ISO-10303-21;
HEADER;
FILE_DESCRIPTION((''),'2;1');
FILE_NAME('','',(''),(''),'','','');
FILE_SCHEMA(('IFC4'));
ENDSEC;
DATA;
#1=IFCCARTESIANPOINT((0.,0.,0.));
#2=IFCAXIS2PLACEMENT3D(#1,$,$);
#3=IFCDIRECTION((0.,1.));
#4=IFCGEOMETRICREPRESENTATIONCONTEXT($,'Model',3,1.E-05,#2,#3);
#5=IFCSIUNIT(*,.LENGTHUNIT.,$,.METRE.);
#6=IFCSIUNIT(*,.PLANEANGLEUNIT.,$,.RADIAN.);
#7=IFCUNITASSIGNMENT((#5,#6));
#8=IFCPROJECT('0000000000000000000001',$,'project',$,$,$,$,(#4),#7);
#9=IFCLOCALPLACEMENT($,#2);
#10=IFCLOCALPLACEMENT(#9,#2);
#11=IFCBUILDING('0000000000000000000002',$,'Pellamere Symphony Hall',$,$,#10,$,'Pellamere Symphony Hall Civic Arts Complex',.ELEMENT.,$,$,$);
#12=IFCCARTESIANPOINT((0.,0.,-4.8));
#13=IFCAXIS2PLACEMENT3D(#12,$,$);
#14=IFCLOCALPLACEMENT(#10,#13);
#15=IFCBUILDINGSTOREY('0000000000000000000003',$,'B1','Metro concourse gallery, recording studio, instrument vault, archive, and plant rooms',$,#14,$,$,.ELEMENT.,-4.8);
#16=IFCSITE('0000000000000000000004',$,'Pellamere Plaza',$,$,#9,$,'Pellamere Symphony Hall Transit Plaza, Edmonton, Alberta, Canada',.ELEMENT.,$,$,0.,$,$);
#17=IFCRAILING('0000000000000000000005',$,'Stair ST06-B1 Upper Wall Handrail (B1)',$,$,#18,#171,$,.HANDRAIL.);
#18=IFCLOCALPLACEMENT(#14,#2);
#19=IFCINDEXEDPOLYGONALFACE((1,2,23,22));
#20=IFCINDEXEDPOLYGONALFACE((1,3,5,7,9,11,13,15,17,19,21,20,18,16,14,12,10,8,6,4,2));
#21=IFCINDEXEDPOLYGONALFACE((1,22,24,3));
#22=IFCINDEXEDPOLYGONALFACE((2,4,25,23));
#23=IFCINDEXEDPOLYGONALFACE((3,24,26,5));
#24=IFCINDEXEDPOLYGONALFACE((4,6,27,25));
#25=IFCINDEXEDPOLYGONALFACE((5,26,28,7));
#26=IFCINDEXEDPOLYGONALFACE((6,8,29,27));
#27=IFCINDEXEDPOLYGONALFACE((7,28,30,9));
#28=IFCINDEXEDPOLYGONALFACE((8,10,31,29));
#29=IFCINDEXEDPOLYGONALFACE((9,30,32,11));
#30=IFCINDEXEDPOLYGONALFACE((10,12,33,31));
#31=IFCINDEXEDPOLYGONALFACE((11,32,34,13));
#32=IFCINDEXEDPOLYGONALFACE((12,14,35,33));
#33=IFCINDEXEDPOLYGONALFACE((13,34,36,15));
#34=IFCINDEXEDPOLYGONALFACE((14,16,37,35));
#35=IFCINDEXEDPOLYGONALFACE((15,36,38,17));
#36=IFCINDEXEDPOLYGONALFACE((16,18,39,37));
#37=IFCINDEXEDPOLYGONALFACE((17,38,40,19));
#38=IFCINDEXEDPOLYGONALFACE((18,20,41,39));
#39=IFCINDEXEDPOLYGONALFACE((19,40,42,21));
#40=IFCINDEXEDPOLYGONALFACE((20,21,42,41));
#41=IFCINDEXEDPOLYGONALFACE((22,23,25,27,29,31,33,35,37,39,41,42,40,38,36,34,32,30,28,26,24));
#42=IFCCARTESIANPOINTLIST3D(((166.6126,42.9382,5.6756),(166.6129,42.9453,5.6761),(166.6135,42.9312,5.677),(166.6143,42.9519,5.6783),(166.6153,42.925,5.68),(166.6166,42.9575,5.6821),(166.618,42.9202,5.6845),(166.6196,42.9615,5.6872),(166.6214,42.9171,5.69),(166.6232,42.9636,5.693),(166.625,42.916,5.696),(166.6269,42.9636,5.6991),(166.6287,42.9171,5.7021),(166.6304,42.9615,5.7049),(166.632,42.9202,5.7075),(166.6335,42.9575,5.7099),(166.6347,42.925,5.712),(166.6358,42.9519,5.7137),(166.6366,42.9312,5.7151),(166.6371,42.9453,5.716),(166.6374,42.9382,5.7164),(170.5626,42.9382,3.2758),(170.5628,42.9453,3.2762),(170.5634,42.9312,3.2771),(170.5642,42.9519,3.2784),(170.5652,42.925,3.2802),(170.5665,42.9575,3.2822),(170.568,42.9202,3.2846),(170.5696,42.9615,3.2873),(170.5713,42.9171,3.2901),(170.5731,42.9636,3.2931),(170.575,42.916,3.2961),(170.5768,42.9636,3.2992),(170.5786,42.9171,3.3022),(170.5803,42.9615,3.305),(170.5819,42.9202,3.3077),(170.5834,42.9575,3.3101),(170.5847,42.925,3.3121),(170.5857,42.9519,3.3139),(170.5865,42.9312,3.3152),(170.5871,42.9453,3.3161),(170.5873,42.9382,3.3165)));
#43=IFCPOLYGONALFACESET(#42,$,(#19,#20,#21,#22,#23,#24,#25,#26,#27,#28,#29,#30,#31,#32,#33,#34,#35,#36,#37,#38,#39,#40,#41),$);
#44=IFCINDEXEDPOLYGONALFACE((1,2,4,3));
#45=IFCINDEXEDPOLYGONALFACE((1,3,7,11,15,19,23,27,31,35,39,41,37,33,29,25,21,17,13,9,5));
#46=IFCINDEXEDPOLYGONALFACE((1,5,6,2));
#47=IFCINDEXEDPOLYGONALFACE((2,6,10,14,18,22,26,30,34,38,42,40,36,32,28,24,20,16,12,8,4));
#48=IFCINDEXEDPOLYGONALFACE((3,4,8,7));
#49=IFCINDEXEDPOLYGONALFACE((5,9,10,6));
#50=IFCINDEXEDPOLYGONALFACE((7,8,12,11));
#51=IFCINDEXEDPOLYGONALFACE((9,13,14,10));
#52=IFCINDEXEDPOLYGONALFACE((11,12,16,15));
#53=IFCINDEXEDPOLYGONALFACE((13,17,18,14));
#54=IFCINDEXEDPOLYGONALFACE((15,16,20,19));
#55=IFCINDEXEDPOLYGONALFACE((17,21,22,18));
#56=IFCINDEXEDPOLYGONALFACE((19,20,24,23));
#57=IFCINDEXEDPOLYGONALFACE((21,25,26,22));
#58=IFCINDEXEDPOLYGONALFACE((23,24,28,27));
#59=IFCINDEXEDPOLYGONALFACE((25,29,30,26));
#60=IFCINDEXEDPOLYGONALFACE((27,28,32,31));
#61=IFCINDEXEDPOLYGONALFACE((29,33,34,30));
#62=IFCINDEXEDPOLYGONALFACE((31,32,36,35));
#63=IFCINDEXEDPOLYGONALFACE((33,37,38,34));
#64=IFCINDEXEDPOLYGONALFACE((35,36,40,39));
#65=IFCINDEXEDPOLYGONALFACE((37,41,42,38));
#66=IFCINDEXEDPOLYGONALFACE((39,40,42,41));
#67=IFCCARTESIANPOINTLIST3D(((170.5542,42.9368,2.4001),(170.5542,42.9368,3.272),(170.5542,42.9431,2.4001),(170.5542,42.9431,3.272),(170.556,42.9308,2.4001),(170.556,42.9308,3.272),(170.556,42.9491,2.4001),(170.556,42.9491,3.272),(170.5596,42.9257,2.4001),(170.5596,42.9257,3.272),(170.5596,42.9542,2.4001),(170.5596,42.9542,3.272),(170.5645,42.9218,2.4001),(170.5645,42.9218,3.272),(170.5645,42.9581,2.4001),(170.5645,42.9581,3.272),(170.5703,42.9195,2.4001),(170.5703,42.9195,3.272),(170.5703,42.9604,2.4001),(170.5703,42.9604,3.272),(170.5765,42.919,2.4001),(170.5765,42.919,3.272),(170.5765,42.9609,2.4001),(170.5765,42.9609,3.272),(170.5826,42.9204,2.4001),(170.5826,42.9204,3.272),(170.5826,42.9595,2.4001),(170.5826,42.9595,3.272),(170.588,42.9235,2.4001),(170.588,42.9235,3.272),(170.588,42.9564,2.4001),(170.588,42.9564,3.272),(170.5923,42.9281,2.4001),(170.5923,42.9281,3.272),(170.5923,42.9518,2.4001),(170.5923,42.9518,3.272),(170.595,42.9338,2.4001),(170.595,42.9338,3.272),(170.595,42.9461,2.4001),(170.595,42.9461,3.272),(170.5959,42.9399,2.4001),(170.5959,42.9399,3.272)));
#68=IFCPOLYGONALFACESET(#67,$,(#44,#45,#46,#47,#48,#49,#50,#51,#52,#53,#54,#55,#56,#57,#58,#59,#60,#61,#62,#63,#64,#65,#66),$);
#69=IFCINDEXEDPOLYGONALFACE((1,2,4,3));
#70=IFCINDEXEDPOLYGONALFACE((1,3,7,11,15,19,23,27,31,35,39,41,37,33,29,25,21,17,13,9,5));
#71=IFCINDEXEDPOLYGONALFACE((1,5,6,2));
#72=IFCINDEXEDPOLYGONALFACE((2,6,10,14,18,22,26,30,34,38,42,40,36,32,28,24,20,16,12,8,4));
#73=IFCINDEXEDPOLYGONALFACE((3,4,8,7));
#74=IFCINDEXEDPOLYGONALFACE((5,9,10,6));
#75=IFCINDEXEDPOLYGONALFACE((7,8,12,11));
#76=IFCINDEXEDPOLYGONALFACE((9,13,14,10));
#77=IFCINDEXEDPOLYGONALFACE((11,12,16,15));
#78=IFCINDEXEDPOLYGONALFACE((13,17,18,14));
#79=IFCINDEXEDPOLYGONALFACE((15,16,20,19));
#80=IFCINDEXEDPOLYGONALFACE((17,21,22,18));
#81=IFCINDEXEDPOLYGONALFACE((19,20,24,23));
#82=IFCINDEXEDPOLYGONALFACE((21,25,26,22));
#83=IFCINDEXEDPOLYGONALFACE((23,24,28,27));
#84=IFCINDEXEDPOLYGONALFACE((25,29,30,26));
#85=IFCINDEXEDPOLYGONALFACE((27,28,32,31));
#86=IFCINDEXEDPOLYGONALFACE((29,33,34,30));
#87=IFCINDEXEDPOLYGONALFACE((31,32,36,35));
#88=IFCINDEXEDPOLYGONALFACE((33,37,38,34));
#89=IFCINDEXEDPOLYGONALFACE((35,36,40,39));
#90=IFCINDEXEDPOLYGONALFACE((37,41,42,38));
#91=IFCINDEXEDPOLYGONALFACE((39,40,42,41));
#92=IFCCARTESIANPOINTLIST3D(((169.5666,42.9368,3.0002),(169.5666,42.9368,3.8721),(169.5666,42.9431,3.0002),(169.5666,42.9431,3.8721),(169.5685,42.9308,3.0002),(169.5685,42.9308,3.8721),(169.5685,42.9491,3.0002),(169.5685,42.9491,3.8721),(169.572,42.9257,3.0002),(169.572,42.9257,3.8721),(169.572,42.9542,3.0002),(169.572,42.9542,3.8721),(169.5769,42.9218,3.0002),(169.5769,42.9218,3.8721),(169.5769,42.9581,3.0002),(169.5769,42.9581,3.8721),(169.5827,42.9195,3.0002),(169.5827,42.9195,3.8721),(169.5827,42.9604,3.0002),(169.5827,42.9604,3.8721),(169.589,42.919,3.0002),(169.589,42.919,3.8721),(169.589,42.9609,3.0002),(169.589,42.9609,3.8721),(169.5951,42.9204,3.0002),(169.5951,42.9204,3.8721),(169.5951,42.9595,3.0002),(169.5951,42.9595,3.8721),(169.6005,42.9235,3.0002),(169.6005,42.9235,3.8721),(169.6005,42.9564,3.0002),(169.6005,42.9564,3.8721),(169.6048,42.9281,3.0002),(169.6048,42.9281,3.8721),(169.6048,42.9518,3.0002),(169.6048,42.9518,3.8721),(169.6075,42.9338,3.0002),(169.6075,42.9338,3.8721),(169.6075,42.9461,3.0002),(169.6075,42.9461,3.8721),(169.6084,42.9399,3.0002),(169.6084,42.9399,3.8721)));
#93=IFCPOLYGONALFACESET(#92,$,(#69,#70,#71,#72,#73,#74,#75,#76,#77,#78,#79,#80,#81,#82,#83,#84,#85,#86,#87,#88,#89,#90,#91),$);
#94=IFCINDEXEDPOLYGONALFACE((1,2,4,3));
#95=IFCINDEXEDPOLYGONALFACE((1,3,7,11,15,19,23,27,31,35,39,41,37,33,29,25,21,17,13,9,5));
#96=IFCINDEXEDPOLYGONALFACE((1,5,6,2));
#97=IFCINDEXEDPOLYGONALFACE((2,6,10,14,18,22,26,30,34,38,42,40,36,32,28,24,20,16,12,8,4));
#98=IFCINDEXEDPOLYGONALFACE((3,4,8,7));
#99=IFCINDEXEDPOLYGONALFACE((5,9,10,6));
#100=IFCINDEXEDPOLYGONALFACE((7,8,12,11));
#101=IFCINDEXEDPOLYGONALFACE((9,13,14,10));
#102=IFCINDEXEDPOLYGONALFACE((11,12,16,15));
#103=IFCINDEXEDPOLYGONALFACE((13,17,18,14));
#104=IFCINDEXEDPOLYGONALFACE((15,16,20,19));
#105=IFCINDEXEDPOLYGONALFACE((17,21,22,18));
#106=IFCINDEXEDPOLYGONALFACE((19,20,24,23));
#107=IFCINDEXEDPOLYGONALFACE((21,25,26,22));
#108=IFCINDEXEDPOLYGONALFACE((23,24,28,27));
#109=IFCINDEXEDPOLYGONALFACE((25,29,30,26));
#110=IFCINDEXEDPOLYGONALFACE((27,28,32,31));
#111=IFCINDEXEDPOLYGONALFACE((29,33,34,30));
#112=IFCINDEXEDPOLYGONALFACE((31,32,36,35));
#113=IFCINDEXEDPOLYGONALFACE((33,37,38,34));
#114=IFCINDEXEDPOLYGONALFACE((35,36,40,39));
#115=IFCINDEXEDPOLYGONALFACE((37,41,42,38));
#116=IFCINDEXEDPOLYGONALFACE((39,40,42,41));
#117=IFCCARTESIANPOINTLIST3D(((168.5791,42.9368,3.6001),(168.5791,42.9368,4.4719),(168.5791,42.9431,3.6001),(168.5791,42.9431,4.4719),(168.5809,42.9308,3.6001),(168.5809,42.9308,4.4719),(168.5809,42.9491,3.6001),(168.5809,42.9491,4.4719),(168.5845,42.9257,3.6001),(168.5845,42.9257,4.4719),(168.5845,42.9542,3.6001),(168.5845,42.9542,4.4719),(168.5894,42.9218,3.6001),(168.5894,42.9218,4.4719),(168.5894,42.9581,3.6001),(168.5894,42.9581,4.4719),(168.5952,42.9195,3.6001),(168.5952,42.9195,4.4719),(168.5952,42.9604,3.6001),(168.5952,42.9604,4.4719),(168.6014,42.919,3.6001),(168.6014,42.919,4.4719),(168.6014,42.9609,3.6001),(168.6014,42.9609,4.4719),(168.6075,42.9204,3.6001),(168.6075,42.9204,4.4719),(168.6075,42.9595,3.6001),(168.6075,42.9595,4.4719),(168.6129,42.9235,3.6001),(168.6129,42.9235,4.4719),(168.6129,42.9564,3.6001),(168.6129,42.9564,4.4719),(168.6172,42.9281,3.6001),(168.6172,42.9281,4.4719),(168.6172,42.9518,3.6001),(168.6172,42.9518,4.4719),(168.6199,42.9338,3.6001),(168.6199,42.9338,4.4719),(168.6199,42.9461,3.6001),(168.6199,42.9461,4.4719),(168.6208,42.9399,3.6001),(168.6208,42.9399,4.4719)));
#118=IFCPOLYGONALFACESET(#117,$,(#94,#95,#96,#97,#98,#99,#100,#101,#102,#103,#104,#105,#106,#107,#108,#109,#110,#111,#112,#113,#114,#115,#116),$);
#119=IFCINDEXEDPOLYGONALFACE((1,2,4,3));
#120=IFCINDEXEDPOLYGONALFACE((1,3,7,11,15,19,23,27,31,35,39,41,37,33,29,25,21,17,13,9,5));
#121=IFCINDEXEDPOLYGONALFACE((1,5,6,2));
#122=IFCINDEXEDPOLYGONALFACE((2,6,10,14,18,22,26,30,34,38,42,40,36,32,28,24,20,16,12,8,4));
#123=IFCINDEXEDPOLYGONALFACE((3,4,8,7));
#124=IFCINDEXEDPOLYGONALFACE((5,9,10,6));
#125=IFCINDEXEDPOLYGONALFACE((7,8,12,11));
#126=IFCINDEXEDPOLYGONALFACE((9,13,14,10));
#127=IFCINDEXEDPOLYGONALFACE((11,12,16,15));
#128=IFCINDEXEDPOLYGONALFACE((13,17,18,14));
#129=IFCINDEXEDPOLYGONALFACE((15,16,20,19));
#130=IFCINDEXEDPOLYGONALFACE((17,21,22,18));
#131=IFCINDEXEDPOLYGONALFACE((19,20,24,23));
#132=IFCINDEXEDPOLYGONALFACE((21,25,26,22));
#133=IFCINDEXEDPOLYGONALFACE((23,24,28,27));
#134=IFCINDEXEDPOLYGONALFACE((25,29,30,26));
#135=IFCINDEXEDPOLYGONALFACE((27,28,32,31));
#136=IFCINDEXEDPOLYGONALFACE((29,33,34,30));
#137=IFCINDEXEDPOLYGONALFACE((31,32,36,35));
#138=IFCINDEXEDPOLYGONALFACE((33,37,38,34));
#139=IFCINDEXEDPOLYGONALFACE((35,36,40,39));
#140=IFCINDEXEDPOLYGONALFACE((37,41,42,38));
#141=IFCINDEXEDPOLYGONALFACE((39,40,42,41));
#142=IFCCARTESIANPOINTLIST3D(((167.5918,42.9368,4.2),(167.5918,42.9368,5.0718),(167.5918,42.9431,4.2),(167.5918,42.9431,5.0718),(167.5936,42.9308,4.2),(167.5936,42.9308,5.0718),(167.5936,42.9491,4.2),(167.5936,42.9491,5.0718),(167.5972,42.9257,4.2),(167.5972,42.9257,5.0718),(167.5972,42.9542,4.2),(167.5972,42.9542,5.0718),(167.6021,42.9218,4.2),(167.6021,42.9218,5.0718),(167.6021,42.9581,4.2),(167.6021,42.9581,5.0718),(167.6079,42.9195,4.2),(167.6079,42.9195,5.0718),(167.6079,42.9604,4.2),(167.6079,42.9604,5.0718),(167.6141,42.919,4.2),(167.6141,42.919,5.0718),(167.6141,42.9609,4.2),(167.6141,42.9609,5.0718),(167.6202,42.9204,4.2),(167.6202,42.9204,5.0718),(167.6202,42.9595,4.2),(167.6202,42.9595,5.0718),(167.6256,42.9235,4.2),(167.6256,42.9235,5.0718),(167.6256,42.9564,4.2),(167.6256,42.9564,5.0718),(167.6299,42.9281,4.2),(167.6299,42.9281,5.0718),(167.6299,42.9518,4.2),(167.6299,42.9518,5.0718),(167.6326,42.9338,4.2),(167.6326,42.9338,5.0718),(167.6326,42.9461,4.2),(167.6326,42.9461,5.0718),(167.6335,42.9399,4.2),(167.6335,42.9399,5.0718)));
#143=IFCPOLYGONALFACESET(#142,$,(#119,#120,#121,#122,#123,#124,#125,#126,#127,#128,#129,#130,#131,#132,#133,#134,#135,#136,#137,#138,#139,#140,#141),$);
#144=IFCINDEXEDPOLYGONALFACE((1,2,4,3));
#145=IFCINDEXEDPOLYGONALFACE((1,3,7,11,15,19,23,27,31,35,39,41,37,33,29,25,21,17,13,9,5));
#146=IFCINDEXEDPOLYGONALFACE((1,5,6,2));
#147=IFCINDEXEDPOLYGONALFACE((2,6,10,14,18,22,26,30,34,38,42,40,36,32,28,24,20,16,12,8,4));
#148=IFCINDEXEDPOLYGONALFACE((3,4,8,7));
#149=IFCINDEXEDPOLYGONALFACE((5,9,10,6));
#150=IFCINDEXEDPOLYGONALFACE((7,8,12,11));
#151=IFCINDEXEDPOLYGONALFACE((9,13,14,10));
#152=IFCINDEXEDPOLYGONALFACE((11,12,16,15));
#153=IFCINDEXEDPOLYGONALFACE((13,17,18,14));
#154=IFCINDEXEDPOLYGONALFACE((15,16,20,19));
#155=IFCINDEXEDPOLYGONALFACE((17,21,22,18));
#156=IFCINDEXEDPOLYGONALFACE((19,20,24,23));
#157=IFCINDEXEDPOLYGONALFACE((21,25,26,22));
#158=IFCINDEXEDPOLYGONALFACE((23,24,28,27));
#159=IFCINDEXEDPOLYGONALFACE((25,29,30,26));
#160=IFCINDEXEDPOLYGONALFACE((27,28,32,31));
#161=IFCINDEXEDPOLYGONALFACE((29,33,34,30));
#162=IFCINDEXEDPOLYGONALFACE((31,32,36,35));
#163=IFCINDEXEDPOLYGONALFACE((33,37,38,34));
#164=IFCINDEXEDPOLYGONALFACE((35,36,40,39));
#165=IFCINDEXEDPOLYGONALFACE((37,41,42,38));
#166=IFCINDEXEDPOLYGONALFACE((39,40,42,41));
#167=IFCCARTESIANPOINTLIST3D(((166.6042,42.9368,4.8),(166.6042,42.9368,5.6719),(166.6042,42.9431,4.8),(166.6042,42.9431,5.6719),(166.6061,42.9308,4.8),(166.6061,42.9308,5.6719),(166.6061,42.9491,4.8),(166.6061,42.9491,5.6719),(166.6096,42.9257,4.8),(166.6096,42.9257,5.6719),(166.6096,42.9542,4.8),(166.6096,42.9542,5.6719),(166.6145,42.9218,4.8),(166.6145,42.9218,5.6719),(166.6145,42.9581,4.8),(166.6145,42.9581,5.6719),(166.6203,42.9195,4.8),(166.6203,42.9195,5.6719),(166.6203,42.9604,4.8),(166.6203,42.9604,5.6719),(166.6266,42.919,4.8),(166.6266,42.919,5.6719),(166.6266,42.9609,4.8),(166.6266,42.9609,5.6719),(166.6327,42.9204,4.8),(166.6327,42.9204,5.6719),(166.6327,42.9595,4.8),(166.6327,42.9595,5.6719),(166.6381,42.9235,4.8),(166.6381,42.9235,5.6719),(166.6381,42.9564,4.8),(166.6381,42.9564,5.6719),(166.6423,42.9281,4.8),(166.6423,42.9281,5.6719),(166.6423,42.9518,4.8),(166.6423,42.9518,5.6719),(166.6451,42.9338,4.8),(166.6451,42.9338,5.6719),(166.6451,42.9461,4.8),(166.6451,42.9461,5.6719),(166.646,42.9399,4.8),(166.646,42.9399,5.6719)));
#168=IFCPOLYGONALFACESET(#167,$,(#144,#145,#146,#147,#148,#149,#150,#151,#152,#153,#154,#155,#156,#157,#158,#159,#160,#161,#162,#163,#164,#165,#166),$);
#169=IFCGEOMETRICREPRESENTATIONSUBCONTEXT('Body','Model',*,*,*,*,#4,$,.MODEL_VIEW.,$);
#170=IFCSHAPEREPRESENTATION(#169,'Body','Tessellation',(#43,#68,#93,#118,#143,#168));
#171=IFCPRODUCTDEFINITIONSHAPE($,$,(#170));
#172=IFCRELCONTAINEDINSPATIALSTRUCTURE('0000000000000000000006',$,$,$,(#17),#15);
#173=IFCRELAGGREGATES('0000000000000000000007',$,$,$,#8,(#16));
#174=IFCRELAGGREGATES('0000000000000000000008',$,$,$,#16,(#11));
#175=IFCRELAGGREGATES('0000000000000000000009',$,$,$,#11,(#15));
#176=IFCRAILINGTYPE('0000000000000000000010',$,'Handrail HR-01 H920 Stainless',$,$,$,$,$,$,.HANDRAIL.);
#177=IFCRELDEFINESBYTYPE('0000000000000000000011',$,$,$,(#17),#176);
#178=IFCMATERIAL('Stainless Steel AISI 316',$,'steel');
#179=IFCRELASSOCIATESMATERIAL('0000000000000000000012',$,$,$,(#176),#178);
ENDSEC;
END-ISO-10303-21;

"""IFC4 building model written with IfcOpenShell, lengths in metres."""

from ifc_helpers import new_model, si_unit, direction, frame, origin, origin_2d, place, context, subcontext, project, spatial, circle, extrude, material, type_object, element, save


model = new_model("IFC4")

# Units and contexts
model_context = context("Model", 3, precision=1e-05, world=origin(), true_north=direction((0.0, 1.0)))
body_context = subcontext(model_context, "Body", "Model", "MODEL_VIEW")
ifc_project = project(units=[si_unit("LENGTHUNIT", "METRE"), si_unit("PLANEANGLEUNIT", "RADIAN")], contexts=[model_context])

# Site, building, storey
site_placement = place(None, origin())
site = spatial("IfcSite", under=ifc_project, at=site_placement, Name="Pellamere Plaza", LongName="Pellamere Symphony Hall Transit Plaza, Edmonton, Alberta, Canada", CompositionType="ELEMENT", RefElevation=0.0)
building_placement = place(site_placement, origin())
building = spatial("IfcBuilding", under=site, at=building_placement, Name="Pellamere Symphony Hall", LongName="Pellamere Symphony Hall Civic Arts Complex", CompositionType="ELEMENT")
storey_placement = place(building_placement, frame((0.0, 0.0, -4.8)))
storey = spatial("IfcBuildingStorey", under=building, at=storey_placement, Name="B1", Description="Metro concourse gallery, recording studio, instrument vault, archive, and plant rooms", CompositionType="ELEMENT", Elevation=-4.8)

# Railing
ifc_material_1 = material(Name="Stainless Steel AISI 316", Category="steel")
railing_type_1 = type_object("IfcRailingType", Name="Handrail HR-01 H920 Stainless", PredefinedType="HANDRAIL", material=ifc_material_1)
railing_1_placement = place(storey_placement, frame((170.575, 42.9399, 2.4001)))
element("IfcRailing", 1, at=railing_1_placement, inside=storey, type_object=railing_type_1, Name="Stair ST06-B1 Upper Wall Handrail (B1)", PredefinedType="HANDRAIL", context=body_context, shape_type="SweptSolid", body=[
    extrude(circle(Radius=0.0239, at=origin_2d()), frame((0.0, 0.0, 0.896), z_axis=(-0.854623, 0.0, 0.51925), x_axis=(0.0, -1.0, 0.0)), (0.0, 0.0, 1.0), 4.6218),
    extrude(circle(Radius=0.021, at=origin_2d()), origin(), (0.0, 0.0, 1.0), 0.8718),
    extrude(circle(Radius=0.021, at=origin_2d()), frame((-0.9875, 0.0, 0.6001)), (0.0, 0.0, 1.0), 0.8718),
    extrude(circle(Radius=0.021, at=origin_2d()), frame((-1.9751, 0.0, 1.2)), (0.0, 0.0, 1.0), 0.8718),
    extrude(circle(Radius=0.021, at=origin_2d()), frame((-2.9624, 0.0, 1.7998)), (0.0, 0.0, 1.0), 0.8718),
    extrude(circle(Radius=0.021, at=origin_2d()), frame((-3.95, 0.0, 2.3999)), (0.0, 0.0, 1.0), 0.8718),
])

save(model, "model.ifc")
